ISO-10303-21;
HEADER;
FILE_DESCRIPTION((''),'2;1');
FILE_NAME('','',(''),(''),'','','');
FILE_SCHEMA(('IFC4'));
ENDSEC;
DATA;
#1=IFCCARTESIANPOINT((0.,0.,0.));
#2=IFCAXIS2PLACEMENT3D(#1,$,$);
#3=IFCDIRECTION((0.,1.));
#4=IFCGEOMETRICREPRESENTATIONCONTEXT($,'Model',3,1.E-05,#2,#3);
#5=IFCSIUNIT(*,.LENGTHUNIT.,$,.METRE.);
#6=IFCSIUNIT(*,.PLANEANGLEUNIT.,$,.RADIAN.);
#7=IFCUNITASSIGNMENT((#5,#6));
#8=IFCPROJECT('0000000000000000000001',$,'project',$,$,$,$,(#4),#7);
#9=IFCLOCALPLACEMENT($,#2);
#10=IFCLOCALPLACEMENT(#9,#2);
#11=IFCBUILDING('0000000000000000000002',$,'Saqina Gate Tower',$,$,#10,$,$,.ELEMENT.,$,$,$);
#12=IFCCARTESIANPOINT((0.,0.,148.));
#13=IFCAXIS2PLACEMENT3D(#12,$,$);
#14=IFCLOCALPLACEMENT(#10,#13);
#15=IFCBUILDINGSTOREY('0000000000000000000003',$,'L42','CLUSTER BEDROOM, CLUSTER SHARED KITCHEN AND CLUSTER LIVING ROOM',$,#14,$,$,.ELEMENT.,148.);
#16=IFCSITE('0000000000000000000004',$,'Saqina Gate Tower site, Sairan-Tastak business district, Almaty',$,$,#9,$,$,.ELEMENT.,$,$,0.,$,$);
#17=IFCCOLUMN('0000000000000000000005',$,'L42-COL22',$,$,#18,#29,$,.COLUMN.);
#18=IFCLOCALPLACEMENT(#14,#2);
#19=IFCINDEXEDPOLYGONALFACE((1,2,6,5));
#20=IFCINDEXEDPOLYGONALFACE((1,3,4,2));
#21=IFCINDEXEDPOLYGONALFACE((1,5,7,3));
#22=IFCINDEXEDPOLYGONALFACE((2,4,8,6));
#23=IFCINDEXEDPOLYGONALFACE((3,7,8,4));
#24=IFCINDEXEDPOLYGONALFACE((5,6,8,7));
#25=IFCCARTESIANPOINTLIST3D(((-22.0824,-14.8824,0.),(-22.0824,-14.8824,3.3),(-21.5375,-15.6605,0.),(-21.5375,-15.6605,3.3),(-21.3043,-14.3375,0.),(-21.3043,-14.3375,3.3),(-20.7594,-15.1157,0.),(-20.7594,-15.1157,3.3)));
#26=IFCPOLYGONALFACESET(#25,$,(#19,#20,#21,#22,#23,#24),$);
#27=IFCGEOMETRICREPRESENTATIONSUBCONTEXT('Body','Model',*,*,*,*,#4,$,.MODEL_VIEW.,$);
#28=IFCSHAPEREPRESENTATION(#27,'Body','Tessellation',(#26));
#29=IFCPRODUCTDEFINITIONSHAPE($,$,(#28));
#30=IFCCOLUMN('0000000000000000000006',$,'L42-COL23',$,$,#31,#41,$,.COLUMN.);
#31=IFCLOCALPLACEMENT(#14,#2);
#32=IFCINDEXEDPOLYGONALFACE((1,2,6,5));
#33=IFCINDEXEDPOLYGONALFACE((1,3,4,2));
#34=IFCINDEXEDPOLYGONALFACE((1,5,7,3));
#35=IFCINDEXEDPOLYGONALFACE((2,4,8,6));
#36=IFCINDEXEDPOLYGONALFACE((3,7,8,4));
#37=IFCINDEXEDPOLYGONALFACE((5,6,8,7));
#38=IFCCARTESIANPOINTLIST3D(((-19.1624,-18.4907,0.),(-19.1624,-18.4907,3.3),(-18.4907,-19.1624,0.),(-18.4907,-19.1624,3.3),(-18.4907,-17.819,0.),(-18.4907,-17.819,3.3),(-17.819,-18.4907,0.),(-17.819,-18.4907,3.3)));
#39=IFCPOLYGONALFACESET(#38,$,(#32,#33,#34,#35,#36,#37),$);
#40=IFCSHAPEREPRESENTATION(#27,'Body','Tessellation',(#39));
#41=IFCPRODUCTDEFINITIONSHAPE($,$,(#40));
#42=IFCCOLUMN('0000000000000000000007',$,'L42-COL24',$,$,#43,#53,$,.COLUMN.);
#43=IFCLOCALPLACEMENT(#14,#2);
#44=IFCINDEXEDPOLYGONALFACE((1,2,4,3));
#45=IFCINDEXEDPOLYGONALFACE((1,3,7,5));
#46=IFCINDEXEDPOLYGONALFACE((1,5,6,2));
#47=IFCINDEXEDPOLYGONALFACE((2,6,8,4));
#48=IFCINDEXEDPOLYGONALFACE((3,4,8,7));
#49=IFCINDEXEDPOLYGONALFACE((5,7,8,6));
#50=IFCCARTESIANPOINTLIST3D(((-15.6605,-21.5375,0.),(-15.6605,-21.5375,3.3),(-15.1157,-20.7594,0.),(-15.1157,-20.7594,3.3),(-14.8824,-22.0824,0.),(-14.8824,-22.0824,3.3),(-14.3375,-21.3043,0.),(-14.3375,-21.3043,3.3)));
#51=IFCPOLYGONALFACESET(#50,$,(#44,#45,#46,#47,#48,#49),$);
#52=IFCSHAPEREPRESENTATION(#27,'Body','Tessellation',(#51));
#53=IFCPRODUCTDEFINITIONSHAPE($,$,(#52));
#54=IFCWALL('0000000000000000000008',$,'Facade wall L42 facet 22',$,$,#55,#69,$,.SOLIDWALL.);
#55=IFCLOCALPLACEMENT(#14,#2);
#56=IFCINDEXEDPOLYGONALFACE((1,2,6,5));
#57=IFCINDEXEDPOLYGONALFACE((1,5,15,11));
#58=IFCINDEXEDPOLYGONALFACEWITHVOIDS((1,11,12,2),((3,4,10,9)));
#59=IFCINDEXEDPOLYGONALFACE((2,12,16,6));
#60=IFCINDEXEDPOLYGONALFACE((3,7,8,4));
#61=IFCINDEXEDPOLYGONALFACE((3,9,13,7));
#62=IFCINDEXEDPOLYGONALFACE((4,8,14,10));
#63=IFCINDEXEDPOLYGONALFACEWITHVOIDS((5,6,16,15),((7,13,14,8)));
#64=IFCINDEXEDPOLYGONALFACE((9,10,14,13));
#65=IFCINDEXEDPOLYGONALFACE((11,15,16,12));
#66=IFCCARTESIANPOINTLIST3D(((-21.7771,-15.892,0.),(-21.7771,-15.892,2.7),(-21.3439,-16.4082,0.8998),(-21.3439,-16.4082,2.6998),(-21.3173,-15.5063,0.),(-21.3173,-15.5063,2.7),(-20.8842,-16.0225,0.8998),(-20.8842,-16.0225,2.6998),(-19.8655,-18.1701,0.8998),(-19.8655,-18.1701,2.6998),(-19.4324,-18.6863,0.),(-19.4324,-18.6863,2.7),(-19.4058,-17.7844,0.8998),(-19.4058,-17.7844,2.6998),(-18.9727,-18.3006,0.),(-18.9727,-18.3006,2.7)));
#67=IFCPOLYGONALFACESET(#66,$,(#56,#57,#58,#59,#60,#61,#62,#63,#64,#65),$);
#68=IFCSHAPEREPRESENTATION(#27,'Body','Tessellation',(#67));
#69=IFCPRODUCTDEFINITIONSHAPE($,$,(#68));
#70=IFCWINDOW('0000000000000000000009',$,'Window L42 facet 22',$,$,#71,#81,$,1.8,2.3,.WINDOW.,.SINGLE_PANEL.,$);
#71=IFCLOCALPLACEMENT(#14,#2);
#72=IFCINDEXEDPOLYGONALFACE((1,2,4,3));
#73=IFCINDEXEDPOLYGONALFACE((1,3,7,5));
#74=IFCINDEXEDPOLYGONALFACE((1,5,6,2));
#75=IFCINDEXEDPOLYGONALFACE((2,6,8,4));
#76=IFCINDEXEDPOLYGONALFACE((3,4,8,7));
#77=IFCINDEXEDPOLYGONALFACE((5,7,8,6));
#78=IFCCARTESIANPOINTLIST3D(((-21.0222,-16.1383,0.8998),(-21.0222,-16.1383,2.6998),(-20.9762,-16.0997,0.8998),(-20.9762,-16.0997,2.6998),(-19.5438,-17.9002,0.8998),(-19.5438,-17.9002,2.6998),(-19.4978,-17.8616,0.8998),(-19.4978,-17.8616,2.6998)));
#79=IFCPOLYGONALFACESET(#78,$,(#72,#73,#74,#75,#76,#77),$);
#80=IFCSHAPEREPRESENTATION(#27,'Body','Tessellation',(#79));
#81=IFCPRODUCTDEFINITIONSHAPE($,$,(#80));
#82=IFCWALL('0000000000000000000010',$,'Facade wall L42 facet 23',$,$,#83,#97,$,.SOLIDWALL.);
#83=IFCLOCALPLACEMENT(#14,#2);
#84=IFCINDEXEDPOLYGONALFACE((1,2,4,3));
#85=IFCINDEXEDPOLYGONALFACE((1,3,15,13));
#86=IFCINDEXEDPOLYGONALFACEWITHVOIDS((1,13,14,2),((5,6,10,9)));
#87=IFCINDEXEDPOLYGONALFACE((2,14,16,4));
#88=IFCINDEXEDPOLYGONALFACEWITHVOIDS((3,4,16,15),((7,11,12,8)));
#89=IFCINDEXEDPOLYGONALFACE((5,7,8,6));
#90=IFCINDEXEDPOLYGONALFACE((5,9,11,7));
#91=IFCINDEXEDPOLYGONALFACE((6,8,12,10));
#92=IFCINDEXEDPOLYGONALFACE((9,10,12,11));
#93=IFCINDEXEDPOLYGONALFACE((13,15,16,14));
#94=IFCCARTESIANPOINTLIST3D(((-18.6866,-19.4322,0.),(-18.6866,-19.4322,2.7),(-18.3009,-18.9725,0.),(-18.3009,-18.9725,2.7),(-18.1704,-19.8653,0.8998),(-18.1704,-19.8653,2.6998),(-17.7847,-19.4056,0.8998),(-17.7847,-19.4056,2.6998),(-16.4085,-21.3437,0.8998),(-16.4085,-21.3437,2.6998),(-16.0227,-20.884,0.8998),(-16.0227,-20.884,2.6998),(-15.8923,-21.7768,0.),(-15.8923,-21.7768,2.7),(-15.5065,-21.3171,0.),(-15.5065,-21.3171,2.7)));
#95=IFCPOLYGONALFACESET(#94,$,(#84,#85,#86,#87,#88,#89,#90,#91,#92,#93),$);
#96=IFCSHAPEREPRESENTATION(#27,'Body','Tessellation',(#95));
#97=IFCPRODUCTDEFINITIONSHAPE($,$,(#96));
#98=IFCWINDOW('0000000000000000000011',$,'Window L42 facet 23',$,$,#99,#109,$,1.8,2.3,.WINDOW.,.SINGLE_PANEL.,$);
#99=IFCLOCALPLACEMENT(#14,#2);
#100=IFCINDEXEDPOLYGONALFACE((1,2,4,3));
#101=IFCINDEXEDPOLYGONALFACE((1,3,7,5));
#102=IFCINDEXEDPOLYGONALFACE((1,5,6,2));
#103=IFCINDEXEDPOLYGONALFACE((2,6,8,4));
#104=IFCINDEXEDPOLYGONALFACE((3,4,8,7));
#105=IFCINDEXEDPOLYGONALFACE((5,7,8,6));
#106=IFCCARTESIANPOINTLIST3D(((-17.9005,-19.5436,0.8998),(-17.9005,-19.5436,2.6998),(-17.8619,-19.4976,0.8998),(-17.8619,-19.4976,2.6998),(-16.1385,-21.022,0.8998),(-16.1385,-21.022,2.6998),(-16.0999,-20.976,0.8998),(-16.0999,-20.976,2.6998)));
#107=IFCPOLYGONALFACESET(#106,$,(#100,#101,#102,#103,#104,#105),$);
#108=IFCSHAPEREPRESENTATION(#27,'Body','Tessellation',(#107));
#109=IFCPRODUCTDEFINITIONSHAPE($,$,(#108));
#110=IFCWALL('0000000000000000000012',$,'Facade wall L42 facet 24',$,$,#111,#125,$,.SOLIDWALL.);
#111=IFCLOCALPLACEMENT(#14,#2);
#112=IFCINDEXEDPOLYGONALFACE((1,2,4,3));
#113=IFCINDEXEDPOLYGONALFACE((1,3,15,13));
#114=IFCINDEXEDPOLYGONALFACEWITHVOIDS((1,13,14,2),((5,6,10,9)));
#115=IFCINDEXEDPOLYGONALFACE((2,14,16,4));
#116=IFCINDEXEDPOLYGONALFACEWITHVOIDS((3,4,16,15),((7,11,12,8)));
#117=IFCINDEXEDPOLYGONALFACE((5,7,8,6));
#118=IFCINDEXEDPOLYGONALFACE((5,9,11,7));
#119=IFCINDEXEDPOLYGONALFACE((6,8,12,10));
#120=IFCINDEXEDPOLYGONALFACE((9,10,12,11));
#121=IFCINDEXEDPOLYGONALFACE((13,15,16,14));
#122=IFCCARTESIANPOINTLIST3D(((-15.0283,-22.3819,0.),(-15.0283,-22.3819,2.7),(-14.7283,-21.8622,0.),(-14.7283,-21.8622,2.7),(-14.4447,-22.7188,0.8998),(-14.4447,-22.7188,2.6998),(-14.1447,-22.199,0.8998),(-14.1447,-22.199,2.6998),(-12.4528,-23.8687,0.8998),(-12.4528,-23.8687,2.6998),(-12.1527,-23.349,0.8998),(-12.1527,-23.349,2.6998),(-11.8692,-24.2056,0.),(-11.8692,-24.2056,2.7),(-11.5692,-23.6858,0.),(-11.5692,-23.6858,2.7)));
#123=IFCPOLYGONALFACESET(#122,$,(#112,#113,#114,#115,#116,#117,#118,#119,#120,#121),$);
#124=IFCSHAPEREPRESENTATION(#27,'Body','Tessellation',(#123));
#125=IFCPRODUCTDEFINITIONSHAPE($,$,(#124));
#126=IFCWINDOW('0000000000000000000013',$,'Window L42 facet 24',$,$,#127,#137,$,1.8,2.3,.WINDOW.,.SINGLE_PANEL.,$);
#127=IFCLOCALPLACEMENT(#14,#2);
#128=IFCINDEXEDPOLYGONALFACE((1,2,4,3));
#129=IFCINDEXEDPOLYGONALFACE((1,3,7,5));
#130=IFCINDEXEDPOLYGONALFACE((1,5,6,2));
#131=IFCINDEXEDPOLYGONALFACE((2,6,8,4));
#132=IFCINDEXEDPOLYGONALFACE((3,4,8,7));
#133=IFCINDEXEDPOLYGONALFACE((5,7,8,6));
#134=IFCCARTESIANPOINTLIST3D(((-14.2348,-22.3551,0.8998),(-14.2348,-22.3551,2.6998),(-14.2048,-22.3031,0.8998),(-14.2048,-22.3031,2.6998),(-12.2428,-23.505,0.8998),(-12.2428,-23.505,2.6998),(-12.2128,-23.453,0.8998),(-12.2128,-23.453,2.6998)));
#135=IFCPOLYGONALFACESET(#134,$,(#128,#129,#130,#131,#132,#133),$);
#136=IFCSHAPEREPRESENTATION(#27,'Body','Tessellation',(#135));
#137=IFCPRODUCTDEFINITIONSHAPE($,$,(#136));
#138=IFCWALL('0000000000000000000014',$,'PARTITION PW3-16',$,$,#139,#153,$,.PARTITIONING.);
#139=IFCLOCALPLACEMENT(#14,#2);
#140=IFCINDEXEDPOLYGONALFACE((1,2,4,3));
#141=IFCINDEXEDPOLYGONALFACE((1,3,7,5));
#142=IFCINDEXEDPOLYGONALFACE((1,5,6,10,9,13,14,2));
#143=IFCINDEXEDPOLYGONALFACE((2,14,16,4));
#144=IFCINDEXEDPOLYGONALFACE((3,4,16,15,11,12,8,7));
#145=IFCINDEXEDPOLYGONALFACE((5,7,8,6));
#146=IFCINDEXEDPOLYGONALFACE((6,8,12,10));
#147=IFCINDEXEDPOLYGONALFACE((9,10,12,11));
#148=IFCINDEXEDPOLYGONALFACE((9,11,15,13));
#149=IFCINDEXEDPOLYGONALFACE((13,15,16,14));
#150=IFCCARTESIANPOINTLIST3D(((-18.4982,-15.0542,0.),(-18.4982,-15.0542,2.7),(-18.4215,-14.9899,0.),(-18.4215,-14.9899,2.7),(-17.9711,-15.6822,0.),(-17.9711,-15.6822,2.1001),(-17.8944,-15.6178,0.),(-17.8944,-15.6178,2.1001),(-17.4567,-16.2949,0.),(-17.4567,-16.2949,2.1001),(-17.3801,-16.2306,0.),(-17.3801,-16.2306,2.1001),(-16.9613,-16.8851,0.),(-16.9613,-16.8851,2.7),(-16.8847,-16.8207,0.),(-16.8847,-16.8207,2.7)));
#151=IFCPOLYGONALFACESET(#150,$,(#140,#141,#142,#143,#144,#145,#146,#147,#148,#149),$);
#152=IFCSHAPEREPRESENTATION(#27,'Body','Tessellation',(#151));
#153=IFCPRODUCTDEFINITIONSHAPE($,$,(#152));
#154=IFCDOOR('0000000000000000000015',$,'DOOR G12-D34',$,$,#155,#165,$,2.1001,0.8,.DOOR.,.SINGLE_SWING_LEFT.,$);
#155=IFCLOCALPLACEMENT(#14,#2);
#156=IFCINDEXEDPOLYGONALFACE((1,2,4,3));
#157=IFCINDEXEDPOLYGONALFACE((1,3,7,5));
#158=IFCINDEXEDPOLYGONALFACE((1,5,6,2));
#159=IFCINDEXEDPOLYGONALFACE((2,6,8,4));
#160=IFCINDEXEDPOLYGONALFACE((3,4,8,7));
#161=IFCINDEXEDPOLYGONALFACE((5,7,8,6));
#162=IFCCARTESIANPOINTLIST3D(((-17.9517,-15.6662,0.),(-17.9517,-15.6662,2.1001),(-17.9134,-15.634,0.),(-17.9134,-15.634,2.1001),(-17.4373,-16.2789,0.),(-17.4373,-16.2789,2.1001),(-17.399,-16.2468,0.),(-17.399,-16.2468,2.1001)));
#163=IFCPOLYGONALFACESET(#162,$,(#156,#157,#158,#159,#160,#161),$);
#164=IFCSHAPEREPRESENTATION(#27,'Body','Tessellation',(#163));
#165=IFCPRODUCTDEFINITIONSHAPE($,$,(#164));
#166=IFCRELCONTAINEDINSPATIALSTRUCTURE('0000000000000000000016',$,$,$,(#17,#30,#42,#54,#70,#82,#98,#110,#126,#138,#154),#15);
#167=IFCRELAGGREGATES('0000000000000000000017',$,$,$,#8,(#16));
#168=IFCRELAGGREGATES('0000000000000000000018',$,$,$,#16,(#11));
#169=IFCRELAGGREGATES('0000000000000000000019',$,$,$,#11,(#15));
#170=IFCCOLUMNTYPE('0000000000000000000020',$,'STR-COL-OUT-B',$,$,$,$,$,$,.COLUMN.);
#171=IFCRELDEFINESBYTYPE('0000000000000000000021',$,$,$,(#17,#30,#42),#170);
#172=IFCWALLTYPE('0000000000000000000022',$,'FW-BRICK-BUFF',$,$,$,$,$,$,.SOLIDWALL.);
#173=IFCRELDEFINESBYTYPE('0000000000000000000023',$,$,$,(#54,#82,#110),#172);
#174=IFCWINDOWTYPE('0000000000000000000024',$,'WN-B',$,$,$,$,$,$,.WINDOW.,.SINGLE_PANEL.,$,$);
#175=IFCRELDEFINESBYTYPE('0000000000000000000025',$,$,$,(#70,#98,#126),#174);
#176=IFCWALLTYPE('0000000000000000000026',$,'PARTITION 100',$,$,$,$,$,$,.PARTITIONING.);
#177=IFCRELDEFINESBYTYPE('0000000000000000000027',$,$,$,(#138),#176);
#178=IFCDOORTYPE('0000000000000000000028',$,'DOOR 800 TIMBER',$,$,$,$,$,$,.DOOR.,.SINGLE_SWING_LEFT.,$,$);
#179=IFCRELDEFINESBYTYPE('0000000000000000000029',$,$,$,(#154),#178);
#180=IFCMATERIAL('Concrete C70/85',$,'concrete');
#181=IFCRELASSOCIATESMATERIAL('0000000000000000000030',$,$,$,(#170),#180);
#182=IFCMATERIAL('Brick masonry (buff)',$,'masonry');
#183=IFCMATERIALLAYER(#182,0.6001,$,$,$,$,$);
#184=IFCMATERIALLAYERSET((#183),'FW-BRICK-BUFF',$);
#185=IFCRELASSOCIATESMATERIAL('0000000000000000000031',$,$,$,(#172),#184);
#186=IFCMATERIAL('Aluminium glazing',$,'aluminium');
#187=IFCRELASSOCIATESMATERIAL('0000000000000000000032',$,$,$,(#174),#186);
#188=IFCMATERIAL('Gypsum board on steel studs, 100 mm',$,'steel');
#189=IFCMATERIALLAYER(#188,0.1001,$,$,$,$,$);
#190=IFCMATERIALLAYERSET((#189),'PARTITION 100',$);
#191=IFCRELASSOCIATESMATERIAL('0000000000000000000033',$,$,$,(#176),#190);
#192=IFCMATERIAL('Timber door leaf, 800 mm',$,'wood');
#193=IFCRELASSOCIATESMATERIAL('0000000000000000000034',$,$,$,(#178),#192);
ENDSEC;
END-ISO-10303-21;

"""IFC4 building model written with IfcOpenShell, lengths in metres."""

from ifc_helpers import new_model, si_unit, direction, frame, frame_2d, origin, origin_2d, place, context, subcontext, project, spatial, rectangle, extrude, material, layer, layer_set, material_profile, profile_set, type_object, element, fill, save


model = new_model("IFC4")

# Units and contexts
model_context = context("Model", 3, precision=1e-05, world=origin(), true_north=direction((0.0, 1.0)))
body_context = subcontext(model_context, "Body", "Model", "MODEL_VIEW")
ifc_project = project(units=[si_unit("LENGTHUNIT", "METRE"), si_unit("PLANEANGLEUNIT", "RADIAN")], contexts=[model_context])

# Site, building, storey
site_placement = place(None, origin())
site = spatial("IfcSite", under=ifc_project, at=site_placement, Name="Saqina Gate Tower site, Sairan-Tastak business district, Almaty", CompositionType="ELEMENT", RefElevation=0.0)
building_placement = place(site_placement, origin())
building = spatial("IfcBuilding", under=site, at=building_placement, Name="Saqina Gate Tower", CompositionType="ELEMENT")
storey_placement = place(building_placement, frame((0.0, 0.0, 148.0)))
storey = spatial("IfcBuildingStorey", under=building, at=storey_placement, Name="L42", Description="CLUSTER BEDROOM, CLUSTER SHARED KITCHEN AND CLUSTER LIVING ROOM", CompositionType="ELEMENT", Elevation=148.0)

# Columns
ifc_material_1 = material(Name="Concrete C70/85", Category="concrete")
ifc_material_profile = material_profile(ifc_material_1, rectangle(XDim=0.95, YDim=0.95, at=origin_2d()), Name="RC 950x950")
ifc_profile_set = profile_set([ifc_material_profile], Name="Concrete C70/85")
column_type = type_object("IfcColumnType", Name="STR-COL-OUT-B", PredefinedType="COLUMN", material=ifc_profile_set)
for number, where, z_axis, x_axis, name in (
    (1, (-21.4209, -14.999, 0.0), (0.0, 0.0, 1.0), (-0.819152, -0.573576, 0.0), "L42-COL22"),
    (2, (-18.4907, -18.4907, 0.0), (0.0, 0.0, 1.0), (-0.707107, -0.707107, 0.0), "L42-COL23"),
    (3, (-14.999, -21.4209, 0.0), (0.0, 0.0, 1.0), (-0.573576, -0.819152, 0.0), "L42-COL24"),
):
    element("IfcColumn", number, at=place(storey_placement, frame(where, z_axis=z_axis, x_axis=x_axis)), inside=storey, type_object=column_type, Name=name, PredefinedType="COLUMN", context=body_context, shape_type="SweptSolid", body=[
        extrude(rectangle(XDim=0.95, YDim=0.95, at=origin_2d()), origin(), (0.0, 0.0, 1.0), 3.3),
    ])

# Walls, openings, windows
ifc_material_2 = material(Name="Brick masonry (buff)", Category="masonry")
ifc_layer_1 = layer(ifc_material_2, 0.6001)
ifc_layer_set_1 = layer_set([ifc_layer_1], Name="FW-BRICK-BUFF")
wall_type_1 = type_object("IfcWallType", Name="FW-BRICK-BUFF", PredefinedType="SOLIDWALL", material=ifc_layer_set_1)
wall_1_placement = place(storey_placement, frame((-21.5471, -15.6992, 0.0), z_axis=(0.0, 0.0, 1.0), x_axis=(0.642774, -0.766055, 0.0)))
wall_1 = element("IfcWall", 4, at=wall_1_placement, inside=storey, type_object=wall_type_1, Name="Facade wall L42 facet 22", PredefinedType="SOLIDWALL", context=body_context, shape_type="SweptSolid", body=[
    extrude(rectangle(XDim=3.6477, YDim=0.6001, at=frame_2d((1.8237, 0.0))), origin(), (0.0, 0.0, 1.0), 2.7),
])
opening_1_placement = place(wall_1_placement, frame((0.6738, 0.0, 0.8999)))
opening_1 = element("IfcOpeningElement", 5, at=opening_1_placement, cuts=wall_1, PredefinedType="OPENING", context=body_context, shape_type="SweptSolid", body=[
    extrude(rectangle(XDim=2.3, YDim=1.8, at=frame_2d((1.1499, 0.8999))), frame((0.0, 0.312, 0.0), z_axis=(0.0, -1.0, 0.0), x_axis=(1.0, 0.0, 0.0)), (0.0, 0.0, 1.0), 0.624),
])
ifc_material_3 = material(Name="Aluminium glazing", Category="aluminium")
window_type = type_object("IfcWindowType", Name="WN-B", PartitioningType="SINGLE_PANEL", PredefinedType="WINDOW", material=ifc_material_3)
window_1_placement = place(opening_1_placement, origin())
window_1 = element("IfcWindow", 6, at=window_1_placement, inside=storey, type_object=window_type, Name="Window L42 facet 22", OverallHeight=1.8, OverallWidth=2.3, PartitioningType="SINGLE_PANEL", PredefinedType="WINDOW", context=body_context, shape_type="SweptSolid", body=[
    extrude(rectangle(XDim=2.3, YDim=1.8, at=frame_2d((1.1499, 0.8999))), frame((0.0, 0.1799, 0.0), z_axis=(0.0, -1.0, 0.0), x_axis=(1.0, 0.0, 0.0)), (0.0, 0.0, 1.0), 0.0601),
])
fill(opening_1, window_1)
wall_2_placement = place(storey_placement, frame((-18.4937, -19.2024, 0.0), z_axis=(0.0, 0.0, 1.0), x_axis=(0.766055, -0.642774, 0.0)))
wall_2 = element("IfcWall", 7, at=wall_2_placement, inside=storey, type_object=wall_type_1, Name="Facade wall L42 facet 23", PredefinedType="SOLIDWALL", context=body_context, shape_type="SweptSolid", body=[
    extrude(rectangle(XDim=3.6477, YDim=0.6001, at=frame_2d((1.8237, 0.0))), origin(), (0.0, 0.0, 1.0), 2.7),
])
opening_2_placement = place(wall_2_placement, frame((0.6738, 0.0, 0.8999)))
opening_2 = element("IfcOpeningElement", 8, at=opening_2_placement, cuts=wall_2, PredefinedType="OPENING", context=body_context, shape_type="SweptSolid", body=[
    extrude(rectangle(XDim=2.3, YDim=1.8, at=frame_2d((1.1499, 0.8999))), frame((0.0, 0.312, 0.0), z_axis=(0.0, -1.0, 0.0), x_axis=(1.0, 0.0, 0.0)), (0.0, 0.0, 1.0), 0.624),
])
window_2_placement = place(opening_2_placement, origin())
window_2 = element("IfcWindow", 9, at=window_2_placement, inside=storey, type_object=window_type, Name="Window L42 facet 23", OverallHeight=1.8, OverallWidth=2.3, PartitioningType="SINGLE_PANEL", PredefinedType="WINDOW", context=body_context, shape_type="SweptSolid", body=[
    extrude(rectangle(XDim=2.3, YDim=1.8, at=frame_2d((1.1499, 0.8999))), frame((0.0, 0.1799, 0.0), z_axis=(0.0, -1.0, 0.0), x_axis=(1.0, 0.0, 0.0)), (0.0, 0.0, 1.0), 0.0601),
])
fill(opening_2, window_2)
wall_3_placement = place(storey_placement, frame((-14.8782, -22.1221, 0.0), z_axis=(0.0, 0.0, 1.0), x_axis=(0.866052, -0.499954, 0.0)))
wall_3 = element("IfcWall", 10, at=wall_3_placement, inside=storey, type_object=wall_type_1, Name="Facade wall L42 facet 24", PredefinedType="SOLIDWALL", context=body_context, shape_type="SweptSolid", body=[
    extrude(rectangle(XDim=3.6477, YDim=0.6001, at=frame_2d((1.8237, 0.0))), origin(), (0.0, 0.0, 1.0), 2.7),
])
opening_3_placement = place(wall_3_placement, frame((0.6738, 0.0, 0.8999)))
opening_3 = element("IfcOpeningElement", 11, at=opening_3_placement, cuts=wall_3, PredefinedType="OPENING", context=body_context, shape_type="SweptSolid", body=[
    extrude(rectangle(XDim=2.3, YDim=1.8, at=frame_2d((1.1499, 0.8999))), frame((0.0, 0.312, 0.0), z_axis=(0.0, -1.0, 0.0), x_axis=(1.0, 0.0, 0.0)), (0.0, 0.0, 1.0), 0.624),
])
window_3_placement = place(opening_3_placement, origin())
window_3 = element("IfcWindow", 12, at=window_3_placement, inside=storey, type_object=window_type, Name="Window L42 facet 24", OverallHeight=1.8, OverallWidth=2.3, PartitioningType="SINGLE_PANEL", PredefinedType="WINDOW", context=body_context, shape_type="SweptSolid", body=[
    extrude(rectangle(XDim=2.3, YDim=1.8, at=frame_2d((1.1499, 0.8999))), frame((0.0, 0.1799, 0.0), z_axis=(0.0, -1.0, 0.0), x_axis=(1.0, 0.0, 0.0)), (0.0, 0.0, 1.0), 0.0601),
])
fill(opening_3, window_3)

# Wall, opening, door
ifc_material_4 = material(Name="Gypsum board on steel studs, 100 mm", Category="steel")
ifc_layer_2 = layer(ifc_material_4, 0.1001)
ifc_layer_set_2 = layer_set([ifc_layer_2], Name="PARTITION 100")
wall_type_2 = type_object("IfcWallType", Name="PARTITION 100", PredefinedType="PARTITIONING", material=ifc_layer_set_2)
wall_4_placement = place(storey_placement, frame((-18.46, -15.022, 0.0), z_axis=(0.0, 0.0, 1.0), x_axis=(0.642943, -0.765914, 0.0)))
wall_4 = element("IfcWall", 13, at=wall_4_placement, inside=storey, type_object=wall_type_2, Name="PARTITION PW3-16", PredefinedType="PARTITIONING", context=body_context, shape_type="SweptSolid", body=[
    extrude(rectangle(XDim=2.3904, YDim=0.1001, at=frame_2d((1.1953, 0.0))), origin(), (0.0, 0.0, 1.0), 2.7),
])
opening_4_placement = place(wall_4_placement, frame((0.8201, 0.0, 0.0)))
opening_4 = element("IfcOpeningElement", 14, at=opening_4_placement, cuts=wall_4, PredefinedType="OPENING", context=body_context, shape_type="SweptSolid", body=[
    extrude(rectangle(XDim=0.8, YDim=2.1001, at=frame_2d((0.3999, 1.05))), frame((0.0, 0.062, 0.0), z_axis=(0.0, -1.0, 0.0), x_axis=(1.0, 0.0, 0.0)), (0.0, 0.0, 1.0), 0.124),
])
ifc_material_5 = material(Name="Timber door leaf, 800 mm", Category="wood")
door_type_1 = type_object("IfcDoorType", Name="DOOR 800 TIMBER", OperationType="SINGLE_SWING_LEFT", PredefinedType="DOOR", material=ifc_material_5)
door_1_placement = place(opening_4_placement, frame((0.8, 0.0, 0.0), z_axis=(0.0, 0.0, 1.0), x_axis=(-1.0, 0.0, 0.0)))
door_1 = element("IfcDoor", 15, at=door_1_placement, inside=storey, type_object=door_type_1, Name="DOOR G12-D34", OperationType="SINGLE_SWING_LEFT", OverallHeight=2.1001, OverallWidth=0.8, PredefinedType="DOOR", context=body_context, shape_type="SweptSolid", body=[
    extrude(rectangle(XDim=0.8, YDim=2.1001, at=frame_2d((0.3999, 1.05))), frame((0.0, 0.0249, 0.0), z_axis=(0.0, -1.0, 0.0), x_axis=(1.0, 0.0, 0.0)), (0.0, 0.0, 1.0), 0.05),
])
fill(opening_4, door_1)

save(model, "model.ifc")
